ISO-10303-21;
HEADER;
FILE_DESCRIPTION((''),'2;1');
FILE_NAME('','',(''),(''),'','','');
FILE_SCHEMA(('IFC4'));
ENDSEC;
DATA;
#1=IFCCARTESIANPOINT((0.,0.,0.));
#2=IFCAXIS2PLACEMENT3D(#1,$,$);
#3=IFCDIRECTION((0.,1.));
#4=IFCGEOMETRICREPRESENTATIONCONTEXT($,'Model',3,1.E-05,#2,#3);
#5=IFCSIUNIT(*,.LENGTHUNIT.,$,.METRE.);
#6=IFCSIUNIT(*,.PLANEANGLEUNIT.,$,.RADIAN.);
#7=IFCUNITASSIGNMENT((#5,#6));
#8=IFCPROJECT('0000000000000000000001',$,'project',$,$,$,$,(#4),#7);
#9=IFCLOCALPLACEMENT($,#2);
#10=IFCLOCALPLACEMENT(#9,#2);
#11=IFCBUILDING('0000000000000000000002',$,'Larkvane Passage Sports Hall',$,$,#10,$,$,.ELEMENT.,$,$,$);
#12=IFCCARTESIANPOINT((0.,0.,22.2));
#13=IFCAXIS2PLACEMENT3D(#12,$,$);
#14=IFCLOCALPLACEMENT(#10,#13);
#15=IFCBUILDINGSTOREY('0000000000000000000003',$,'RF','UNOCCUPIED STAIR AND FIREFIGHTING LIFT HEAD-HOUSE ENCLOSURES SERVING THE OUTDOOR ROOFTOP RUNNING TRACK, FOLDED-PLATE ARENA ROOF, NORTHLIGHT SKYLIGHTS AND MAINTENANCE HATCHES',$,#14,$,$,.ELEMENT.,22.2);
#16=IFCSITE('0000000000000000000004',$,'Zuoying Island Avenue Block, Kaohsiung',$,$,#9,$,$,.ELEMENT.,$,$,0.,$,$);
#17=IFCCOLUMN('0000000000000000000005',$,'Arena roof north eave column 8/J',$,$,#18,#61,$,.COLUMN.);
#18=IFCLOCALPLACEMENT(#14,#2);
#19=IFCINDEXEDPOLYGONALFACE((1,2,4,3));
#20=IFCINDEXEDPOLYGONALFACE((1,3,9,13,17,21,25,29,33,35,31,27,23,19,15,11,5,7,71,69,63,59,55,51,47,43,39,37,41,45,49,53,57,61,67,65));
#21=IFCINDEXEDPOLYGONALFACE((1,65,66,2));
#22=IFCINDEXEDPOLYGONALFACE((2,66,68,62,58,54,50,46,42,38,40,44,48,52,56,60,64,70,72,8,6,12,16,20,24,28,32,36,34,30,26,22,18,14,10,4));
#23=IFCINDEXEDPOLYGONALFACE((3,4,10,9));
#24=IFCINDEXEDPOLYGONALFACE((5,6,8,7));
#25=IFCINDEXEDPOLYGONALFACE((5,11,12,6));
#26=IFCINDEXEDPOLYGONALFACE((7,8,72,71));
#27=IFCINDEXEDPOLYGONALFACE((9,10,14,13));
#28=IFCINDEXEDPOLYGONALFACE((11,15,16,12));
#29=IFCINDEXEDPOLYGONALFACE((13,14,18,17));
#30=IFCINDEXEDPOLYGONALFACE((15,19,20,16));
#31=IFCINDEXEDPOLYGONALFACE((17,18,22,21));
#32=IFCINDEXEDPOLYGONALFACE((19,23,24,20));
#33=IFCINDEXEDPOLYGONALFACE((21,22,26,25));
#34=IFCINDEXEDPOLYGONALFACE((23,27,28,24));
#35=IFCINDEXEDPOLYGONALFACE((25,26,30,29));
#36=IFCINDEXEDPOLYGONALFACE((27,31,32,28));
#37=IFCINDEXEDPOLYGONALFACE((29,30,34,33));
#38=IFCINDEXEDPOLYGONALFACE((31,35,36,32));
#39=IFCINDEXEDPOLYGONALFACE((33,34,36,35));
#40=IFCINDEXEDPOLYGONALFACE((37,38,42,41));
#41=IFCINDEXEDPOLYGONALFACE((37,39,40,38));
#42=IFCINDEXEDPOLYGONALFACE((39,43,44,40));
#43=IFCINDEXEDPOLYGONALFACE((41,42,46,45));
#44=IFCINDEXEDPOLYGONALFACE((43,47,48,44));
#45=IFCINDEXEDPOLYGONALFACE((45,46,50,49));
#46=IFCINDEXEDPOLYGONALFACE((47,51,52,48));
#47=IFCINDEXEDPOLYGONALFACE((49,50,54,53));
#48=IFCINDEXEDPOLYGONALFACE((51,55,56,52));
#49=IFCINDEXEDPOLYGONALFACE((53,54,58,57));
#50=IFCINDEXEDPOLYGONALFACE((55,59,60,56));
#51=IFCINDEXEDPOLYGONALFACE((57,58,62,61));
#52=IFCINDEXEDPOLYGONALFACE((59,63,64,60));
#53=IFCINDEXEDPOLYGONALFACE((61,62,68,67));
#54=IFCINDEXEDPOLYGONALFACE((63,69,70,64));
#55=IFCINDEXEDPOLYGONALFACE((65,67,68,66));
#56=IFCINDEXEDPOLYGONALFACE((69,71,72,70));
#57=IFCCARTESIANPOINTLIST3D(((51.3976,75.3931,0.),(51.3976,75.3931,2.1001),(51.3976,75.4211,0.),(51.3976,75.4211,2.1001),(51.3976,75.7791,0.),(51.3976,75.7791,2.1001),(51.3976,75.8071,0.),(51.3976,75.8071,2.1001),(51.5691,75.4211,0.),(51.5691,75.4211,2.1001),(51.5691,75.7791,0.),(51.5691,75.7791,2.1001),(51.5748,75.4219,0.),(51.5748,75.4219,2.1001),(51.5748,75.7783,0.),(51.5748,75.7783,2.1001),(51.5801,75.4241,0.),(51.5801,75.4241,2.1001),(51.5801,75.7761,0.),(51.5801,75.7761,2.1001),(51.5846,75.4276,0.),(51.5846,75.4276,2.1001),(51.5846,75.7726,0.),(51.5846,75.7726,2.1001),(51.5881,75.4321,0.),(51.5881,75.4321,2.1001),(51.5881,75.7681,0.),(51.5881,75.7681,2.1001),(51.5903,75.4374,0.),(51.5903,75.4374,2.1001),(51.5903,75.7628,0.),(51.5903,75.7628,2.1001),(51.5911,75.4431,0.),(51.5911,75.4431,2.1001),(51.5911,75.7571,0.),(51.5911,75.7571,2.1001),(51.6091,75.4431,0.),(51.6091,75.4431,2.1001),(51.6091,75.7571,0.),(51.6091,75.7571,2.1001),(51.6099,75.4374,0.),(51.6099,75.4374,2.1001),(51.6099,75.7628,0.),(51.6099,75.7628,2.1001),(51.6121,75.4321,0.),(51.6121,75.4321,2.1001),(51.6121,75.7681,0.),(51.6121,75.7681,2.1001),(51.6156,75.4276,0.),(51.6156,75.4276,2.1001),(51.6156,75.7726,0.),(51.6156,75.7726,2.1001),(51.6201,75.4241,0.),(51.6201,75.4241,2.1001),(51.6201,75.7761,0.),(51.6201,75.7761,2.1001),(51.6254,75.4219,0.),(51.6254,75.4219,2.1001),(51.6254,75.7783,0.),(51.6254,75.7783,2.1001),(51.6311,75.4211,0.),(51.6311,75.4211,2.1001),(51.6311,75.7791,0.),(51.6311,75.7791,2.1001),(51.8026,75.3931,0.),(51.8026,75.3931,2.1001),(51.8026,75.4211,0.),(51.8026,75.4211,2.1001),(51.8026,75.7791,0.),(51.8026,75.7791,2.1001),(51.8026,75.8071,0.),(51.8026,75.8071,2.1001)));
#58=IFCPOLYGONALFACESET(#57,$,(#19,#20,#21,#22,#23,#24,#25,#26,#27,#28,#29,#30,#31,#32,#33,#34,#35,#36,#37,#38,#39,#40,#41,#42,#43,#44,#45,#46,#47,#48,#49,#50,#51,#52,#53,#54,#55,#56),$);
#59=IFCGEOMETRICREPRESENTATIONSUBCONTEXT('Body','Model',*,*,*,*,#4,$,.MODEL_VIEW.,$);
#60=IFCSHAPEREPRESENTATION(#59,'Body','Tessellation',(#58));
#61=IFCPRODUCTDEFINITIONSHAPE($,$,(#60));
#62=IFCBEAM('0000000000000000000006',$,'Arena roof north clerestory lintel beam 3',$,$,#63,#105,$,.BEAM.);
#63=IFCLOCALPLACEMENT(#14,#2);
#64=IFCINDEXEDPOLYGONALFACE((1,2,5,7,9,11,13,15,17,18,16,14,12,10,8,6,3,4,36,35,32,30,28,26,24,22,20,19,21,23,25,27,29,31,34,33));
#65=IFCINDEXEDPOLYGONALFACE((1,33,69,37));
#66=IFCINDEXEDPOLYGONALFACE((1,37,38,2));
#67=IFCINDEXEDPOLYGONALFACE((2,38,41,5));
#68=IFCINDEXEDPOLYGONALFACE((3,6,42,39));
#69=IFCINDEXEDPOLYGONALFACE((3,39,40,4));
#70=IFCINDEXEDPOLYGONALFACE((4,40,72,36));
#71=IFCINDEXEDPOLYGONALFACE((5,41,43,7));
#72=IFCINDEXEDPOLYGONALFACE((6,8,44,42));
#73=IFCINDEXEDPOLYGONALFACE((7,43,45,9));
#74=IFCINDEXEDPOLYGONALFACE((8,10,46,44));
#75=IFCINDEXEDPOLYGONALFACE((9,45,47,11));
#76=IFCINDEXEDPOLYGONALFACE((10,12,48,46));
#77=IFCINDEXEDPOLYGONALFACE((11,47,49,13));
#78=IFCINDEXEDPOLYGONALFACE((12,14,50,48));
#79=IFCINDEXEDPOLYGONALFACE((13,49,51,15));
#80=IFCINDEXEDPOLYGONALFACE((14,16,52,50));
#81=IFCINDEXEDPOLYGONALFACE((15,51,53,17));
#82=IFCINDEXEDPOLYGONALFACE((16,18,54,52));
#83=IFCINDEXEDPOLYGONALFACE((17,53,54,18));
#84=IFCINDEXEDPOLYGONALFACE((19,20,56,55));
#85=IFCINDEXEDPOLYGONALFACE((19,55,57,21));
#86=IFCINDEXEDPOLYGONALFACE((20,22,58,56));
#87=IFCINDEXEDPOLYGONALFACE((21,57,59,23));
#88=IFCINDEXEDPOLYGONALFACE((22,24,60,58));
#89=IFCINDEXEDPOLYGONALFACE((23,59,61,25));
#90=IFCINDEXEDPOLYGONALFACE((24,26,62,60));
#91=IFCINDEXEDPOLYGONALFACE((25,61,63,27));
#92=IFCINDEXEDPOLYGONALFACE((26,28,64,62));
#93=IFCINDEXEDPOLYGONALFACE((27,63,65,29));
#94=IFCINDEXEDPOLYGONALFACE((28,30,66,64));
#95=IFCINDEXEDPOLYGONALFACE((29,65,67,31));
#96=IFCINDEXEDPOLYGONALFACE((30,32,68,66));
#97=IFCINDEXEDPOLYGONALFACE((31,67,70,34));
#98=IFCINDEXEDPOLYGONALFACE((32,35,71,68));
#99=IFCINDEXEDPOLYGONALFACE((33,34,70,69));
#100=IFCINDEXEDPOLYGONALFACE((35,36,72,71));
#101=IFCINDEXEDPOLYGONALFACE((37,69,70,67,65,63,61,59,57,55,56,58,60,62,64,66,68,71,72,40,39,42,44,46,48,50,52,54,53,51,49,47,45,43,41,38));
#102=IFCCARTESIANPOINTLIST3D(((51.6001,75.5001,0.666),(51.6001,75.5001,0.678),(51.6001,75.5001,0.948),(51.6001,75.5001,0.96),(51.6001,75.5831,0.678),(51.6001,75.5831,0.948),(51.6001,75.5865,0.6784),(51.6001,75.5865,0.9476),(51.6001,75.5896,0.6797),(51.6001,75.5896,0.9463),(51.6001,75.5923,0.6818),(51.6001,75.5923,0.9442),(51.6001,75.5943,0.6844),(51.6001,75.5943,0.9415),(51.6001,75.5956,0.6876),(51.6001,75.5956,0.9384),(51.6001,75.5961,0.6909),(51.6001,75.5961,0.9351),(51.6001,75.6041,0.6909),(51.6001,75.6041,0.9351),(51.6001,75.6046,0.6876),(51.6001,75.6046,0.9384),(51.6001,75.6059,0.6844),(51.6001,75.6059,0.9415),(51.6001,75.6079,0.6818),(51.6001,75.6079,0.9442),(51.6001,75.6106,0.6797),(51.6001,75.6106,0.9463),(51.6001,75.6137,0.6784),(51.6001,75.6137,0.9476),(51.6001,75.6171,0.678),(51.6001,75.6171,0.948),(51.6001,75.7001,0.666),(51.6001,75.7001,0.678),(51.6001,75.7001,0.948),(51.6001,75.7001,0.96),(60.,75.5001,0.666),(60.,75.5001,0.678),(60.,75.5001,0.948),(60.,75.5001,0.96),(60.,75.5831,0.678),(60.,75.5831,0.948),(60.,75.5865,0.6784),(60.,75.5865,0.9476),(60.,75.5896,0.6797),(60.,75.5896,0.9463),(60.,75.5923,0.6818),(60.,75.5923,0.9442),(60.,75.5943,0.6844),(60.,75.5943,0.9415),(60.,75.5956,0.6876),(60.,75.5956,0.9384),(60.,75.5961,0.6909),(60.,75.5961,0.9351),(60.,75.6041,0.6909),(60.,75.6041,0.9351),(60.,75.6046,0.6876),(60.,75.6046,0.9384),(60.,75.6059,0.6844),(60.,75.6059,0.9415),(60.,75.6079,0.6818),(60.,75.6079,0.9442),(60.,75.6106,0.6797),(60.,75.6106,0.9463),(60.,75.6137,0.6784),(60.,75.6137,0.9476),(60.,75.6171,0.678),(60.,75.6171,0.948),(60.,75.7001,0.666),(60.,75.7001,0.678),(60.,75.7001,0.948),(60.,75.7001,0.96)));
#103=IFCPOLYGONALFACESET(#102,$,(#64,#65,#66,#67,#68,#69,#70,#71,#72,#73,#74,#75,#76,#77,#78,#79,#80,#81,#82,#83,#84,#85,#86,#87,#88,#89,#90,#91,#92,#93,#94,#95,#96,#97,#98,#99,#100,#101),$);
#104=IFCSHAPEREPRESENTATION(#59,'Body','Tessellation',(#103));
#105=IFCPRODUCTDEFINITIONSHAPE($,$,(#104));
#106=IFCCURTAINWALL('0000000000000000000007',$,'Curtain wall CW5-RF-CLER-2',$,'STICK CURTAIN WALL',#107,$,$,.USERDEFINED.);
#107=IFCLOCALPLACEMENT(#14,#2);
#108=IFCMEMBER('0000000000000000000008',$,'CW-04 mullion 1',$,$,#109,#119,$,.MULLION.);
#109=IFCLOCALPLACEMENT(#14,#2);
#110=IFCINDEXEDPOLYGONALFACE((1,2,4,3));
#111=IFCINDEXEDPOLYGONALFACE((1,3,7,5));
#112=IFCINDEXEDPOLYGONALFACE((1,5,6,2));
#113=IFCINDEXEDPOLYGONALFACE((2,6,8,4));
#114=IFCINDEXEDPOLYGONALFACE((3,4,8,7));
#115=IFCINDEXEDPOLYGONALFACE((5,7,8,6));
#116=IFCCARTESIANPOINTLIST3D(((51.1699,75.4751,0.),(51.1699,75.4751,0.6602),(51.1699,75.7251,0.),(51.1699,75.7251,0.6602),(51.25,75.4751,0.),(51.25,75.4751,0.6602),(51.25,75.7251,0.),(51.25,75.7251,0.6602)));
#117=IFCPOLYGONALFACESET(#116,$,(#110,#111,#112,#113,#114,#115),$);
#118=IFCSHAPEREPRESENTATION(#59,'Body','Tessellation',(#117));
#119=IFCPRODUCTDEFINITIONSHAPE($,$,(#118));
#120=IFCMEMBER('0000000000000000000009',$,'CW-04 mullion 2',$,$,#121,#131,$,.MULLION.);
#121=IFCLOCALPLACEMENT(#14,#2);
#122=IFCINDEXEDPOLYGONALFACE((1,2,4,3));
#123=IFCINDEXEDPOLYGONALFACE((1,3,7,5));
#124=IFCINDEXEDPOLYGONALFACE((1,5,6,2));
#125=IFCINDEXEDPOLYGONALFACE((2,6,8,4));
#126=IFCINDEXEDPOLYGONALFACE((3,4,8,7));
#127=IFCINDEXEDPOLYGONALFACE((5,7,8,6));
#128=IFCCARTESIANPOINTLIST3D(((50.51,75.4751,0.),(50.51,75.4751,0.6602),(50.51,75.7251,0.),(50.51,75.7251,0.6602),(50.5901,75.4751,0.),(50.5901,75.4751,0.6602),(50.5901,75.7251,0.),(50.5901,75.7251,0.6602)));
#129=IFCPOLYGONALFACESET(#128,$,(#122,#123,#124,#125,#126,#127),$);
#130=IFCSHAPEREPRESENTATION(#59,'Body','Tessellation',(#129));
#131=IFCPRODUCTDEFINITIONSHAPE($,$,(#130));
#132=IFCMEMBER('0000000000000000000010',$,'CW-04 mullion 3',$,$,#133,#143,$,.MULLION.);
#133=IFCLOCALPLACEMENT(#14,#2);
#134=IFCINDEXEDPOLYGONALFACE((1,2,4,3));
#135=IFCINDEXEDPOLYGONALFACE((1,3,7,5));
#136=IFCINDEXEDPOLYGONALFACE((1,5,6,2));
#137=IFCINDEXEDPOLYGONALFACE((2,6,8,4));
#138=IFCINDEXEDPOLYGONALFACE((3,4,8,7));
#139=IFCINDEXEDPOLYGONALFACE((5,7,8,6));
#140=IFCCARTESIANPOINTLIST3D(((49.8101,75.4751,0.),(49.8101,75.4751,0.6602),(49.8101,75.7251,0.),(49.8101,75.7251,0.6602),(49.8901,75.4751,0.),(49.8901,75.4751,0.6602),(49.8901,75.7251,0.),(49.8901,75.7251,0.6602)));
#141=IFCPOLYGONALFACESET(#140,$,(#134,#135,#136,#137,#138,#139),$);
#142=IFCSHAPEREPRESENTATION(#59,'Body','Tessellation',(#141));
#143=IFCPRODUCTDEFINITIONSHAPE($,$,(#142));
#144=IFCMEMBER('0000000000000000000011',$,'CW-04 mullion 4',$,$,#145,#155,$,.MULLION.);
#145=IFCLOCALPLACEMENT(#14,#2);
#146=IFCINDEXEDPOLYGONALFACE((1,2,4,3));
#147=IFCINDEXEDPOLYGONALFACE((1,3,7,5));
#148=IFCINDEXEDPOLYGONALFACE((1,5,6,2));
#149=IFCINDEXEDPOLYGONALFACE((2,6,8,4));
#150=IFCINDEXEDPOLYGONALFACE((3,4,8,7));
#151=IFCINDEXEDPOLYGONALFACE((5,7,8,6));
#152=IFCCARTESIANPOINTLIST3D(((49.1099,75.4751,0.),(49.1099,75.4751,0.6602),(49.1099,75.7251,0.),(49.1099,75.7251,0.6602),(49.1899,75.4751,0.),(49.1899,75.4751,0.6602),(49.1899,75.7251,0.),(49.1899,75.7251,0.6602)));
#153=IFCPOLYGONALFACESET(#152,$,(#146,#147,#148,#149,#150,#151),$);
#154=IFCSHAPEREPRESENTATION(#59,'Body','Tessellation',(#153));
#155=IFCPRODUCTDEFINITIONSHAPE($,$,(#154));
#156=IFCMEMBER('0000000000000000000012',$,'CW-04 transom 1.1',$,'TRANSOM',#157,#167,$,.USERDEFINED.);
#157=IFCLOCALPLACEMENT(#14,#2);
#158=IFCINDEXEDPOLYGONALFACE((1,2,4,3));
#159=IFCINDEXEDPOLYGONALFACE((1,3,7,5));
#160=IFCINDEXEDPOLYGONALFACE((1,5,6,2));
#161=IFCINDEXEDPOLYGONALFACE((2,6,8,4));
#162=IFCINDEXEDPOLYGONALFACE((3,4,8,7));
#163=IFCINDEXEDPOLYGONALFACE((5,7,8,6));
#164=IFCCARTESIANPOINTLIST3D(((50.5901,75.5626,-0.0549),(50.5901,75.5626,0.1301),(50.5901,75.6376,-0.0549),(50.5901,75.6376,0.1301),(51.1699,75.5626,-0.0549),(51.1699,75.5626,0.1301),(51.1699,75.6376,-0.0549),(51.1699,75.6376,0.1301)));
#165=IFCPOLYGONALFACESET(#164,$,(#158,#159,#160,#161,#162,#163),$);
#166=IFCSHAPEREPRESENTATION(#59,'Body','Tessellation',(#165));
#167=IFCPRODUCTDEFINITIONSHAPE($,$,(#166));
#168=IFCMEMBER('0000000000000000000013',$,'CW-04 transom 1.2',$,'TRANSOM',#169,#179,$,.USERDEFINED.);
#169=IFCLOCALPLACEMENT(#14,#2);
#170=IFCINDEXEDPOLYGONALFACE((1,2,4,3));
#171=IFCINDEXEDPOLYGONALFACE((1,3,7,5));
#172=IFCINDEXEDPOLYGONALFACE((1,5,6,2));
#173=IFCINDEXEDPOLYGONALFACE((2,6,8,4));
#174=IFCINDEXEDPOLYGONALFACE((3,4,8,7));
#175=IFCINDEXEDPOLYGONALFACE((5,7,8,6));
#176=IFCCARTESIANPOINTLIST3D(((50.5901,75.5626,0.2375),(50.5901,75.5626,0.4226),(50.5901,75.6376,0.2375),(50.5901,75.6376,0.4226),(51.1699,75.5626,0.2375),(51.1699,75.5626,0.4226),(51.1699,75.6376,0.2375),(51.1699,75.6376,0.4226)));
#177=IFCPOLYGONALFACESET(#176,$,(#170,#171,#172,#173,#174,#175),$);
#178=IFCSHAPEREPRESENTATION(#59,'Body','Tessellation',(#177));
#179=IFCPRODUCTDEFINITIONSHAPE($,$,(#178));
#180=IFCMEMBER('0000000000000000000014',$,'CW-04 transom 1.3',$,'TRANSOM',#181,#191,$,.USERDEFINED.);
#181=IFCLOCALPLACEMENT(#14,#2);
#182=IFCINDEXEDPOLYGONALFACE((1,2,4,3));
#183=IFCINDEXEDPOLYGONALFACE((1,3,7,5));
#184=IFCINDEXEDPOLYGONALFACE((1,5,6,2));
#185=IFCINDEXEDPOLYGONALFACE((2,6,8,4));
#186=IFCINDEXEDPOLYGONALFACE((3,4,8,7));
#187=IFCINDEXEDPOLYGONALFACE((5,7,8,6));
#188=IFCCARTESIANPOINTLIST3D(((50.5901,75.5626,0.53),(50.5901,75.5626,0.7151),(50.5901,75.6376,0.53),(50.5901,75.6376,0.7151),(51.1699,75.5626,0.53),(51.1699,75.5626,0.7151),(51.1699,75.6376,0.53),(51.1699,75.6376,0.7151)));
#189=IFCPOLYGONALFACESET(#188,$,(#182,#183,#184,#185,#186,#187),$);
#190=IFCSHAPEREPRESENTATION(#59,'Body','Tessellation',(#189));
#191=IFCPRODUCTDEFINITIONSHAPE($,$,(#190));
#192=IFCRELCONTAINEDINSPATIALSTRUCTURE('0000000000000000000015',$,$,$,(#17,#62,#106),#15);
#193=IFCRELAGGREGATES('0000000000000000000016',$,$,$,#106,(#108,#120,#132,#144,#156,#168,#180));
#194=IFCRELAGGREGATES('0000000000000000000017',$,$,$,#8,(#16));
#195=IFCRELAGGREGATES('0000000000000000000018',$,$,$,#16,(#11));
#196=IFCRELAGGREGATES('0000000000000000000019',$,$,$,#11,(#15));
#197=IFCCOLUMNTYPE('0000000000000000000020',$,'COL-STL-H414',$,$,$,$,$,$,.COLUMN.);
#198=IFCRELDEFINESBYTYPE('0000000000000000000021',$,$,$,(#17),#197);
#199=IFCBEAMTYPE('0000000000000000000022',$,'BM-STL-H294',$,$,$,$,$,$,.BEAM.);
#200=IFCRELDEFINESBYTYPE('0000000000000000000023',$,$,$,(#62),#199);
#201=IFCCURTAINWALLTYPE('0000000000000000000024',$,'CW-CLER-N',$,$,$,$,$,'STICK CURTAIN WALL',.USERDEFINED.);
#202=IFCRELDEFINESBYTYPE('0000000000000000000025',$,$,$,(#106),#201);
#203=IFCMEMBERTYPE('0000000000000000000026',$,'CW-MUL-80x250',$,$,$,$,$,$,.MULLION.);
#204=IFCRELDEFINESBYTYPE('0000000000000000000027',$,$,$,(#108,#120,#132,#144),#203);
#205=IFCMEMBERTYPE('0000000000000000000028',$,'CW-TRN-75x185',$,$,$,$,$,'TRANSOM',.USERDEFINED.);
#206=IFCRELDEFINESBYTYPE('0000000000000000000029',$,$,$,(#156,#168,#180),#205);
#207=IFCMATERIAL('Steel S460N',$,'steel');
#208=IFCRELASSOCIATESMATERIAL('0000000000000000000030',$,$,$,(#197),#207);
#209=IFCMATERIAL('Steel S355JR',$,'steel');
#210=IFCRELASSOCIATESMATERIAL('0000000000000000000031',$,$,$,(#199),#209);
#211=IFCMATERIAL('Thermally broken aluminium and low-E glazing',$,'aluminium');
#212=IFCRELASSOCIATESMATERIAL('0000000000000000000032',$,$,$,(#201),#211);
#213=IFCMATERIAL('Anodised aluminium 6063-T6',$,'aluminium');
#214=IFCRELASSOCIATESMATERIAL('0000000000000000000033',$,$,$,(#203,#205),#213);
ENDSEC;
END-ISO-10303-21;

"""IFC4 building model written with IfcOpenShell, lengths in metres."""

from ifc_helpers import new_model, si_unit, direction, frame, origin, origin_2d, place, context, subcontext, project, spatial, rectangle, i_section, extrude, material, material_profile, profile_set, type_object, element, aggregate, save


model = new_model("IFC4")

# Units and contexts
model_context = context("Model", 3, precision=1e-05, world=origin(), true_north=direction((0.0, 1.0)))
body_context = subcontext(model_context, "Body", "Model", "MODEL_VIEW")
ifc_project = project(units=[si_unit("LENGTHUNIT", "METRE"), si_unit("PLANEANGLEUNIT", "RADIAN")], contexts=[model_context])

# Site, building, storey
site_placement = place(None, origin())
site = spatial("IfcSite", under=ifc_project, at=site_placement, Name="Zuoying Island Avenue Block, Kaohsiung", CompositionType="ELEMENT", RefElevation=0.0)
building_placement = place(site_placement, origin())
building = spatial("IfcBuilding", under=site, at=building_placement, Name="Larkvane Passage Sports Hall", CompositionType="ELEMENT")
storey_placement = place(building_placement, frame((0.0, 0.0, 22.2)))
storey = spatial("IfcBuildingStorey", under=building, at=storey_placement, Name="RF", Description="UNOCCUPIED STAIR AND FIREFIGHTING LIFT HEAD-HOUSE ENCLOSURES SERVING THE OUTDOOR ROOFTOP RUNNING TRACK, FOLDED-PLATE ARENA ROOF, NORTHLIGHT SKYLIGHTS AND MAINTENANCE HATCHES", CompositionType="ELEMENT", Elevation=22.2)

# Column
ifc_material_1 = material(Name="Steel S460N", Category="steel")
ifc_material_profile_1 = material_profile(ifc_material_1, i_section(OverallWidth=0.405, OverallDepth=0.4141, WebThickness=0.0181, FlangeThickness=0.0281, FilletRadius=0.022, at=origin_2d()), Name="H-414x405x18x28")
ifc_profile_set_1 = profile_set([ifc_material_profile_1], Name="Steel S460N")
column_type = type_object("IfcColumnType", Name="COL-STL-H414", PredefinedType="COLUMN", material=ifc_profile_set_1)
column_placement = place(storey_placement, frame((51.6001, 75.6001, 0.0), z_axis=(0.0, 0.0, 1.0), x_axis=(1.0, 0.0, 0.0)))
element("IfcColumn", 1, at=column_placement, inside=storey, type_object=column_type, Name="Arena roof north eave column 8/J", PredefinedType="COLUMN", context=body_context, shape_type="SweptSolid", body=[
    extrude(i_section(OverallWidth=0.405, OverallDepth=0.4141, WebThickness=0.0181, FlangeThickness=0.0281, FilletRadius=0.022, at=origin_2d()), origin(), (0.0, 0.0, 1.0), 2.1001),
])

# Beam
ifc_material_2 = material(Name="Steel S355JR", Category="steel")
ifc_material_profile_2 = material_profile(ifc_material_2, i_section(OverallWidth=0.2, OverallDepth=0.2939, WebThickness=0.0081, FlangeThickness=0.012, FilletRadius=0.0129, at=origin_2d()), Name="H-294x200x8x12")
ifc_profile_set_2 = profile_set([ifc_material_profile_2], Name="Steel S355JR")
beam_type = type_object("IfcBeamType", Name="BM-STL-H294", PredefinedType="BEAM", material=ifc_profile_set_2)
beam_placement = place(storey_placement, frame((51.6001, 75.6001, 0.813), z_axis=(1.0, 0.0, 0.0), x_axis=(0.0, 1.0, 0.0)))
element("IfcBeam", 2, at=beam_placement, inside=storey, type_object=beam_type, Name="Arena roof north clerestory lintel beam 3", PredefinedType="BEAM", context=body_context, shape_type="SweptSolid", body=[
    extrude(i_section(OverallWidth=0.2, OverallDepth=0.2939, WebThickness=0.0081, FlangeThickness=0.012, FilletRadius=0.0129, at=origin_2d()), origin(), (0.0, 0.0, 1.0), 8.3999),
])

# Curtain wall, members
ifc_material_3 = material(Name="Thermally broken aluminium and low-E glazing", Category="aluminium")
curtain_wall_type = type_object("IfcCurtainWallType", Name="CW-CLER-N", ElementType="STICK CURTAIN WALL", PredefinedType="USERDEFINED", material=ifc_material_3)
curtain_wall_placement = place(storey_placement, origin())
curtain_wall = element("IfcCurtainWall", 3, at=curtain_wall_placement, inside=storey, type_object=curtain_wall_type, Name="Curtain wall CW5-RF-CLER-2", ObjectType="STICK CURTAIN WALL", PredefinedType="USERDEFINED")
ifc_material_4 = material(Name="Anodised aluminium 6063-T6", Category="aluminium")
ifc_material_profile_3 = material_profile(ifc_material_4, rectangle(XDim=0.0801, YDim=0.25, at=origin_2d()), Name="ALU-MUL-80x250")
ifc_profile_set_3 = profile_set([ifc_material_profile_3], Name="Anodised aluminium 6063-T6")
member_type_1 = type_object("IfcMemberType", Name="CW-MUL-80x250", PredefinedType="MULLION", material=ifc_profile_set_3)
member_1_placement = place(storey_placement, frame((51.21, 75.6001, 0.0), z_axis=(0.0, 0.0, 1.0), x_axis=(-1.0, 0.0, 0.0)))
member_1 = element("IfcMember", 4, at=member_1_placement, type_object=member_type_1, Name="CW-04 mullion 1", PredefinedType="MULLION", context=body_context, shape_type="SweptSolid", body=[
    extrude(rectangle(XDim=0.0801, YDim=0.25, at=origin_2d()), origin(), (0.0, 0.0, 1.0), 0.6602),
])
member_2_placement = place(storey_placement, frame((50.55, 75.6001, 0.0), z_axis=(0.0, 0.0, 1.0), x_axis=(-1.0, 0.0, 0.0)))
member_2 = element("IfcMember", 5, at=member_2_placement, type_object=member_type_1, Name="CW-04 mullion 2", PredefinedType="MULLION", context=body_context, shape_type="SweptSolid", body=[
    extrude(rectangle(XDim=0.0801, YDim=0.25, at=origin_2d()), origin(), (0.0, 0.0, 1.0), 0.6602),
])
member_3_placement = place(storey_placement, frame((49.8501, 75.6001, 0.0), z_axis=(0.0, 0.0, 1.0), x_axis=(-1.0, 0.0, 0.0)))
member_3 = element("IfcMember", 6, at=member_3_placement, type_object=member_type_1, Name="CW-04 mullion 3", PredefinedType="MULLION", context=body_context, shape_type="SweptSolid", body=[
    extrude(rectangle(XDim=0.0801, YDim=0.25, at=origin_2d()), origin(), (0.0, 0.0, 1.0), 0.6602),
])
member_4_placement = place(storey_placement, frame((49.1499, 75.6001, 0.0), z_axis=(0.0, 0.0, 1.0), x_axis=(-1.0, 0.0, 0.0)))
member_4 = element("IfcMember", 7, at=member_4_placement, type_object=member_type_1, Name="CW-04 mullion 4", PredefinedType="MULLION", context=body_context, shape_type="SweptSolid", body=[
    extrude(rectangle(XDim=0.0801, YDim=0.25, at=origin_2d()), origin(), (0.0, 0.0, 1.0), 0.6602),
])
ifc_material_profile_4 = material_profile(ifc_material_4, rectangle(XDim=0.075, YDim=0.1851, at=origin_2d()), Name="ALU-TRN-75x185")
ifc_profile_set_4 = profile_set([ifc_material_profile_4], Name="Anodised aluminium 6063-T6")
member_type_2 = type_object("IfcMemberType", Name="CW-TRN-75x185", ElementType="TRANSOM", PredefinedType="USERDEFINED", material=ifc_profile_set_4)
member_5_placement = place(storey_placement, frame((51.1699, 75.6001, 0.0376), z_axis=(-1.0, 0.0, 0.0), x_axis=(0.0, -1.0, 0.0)))
member_5 = element("IfcMember", 8, at=member_5_placement, type_object=member_type_2, Name="CW-04 transom 1.1", ObjectType="TRANSOM", PredefinedType="USERDEFINED", context=body_context, shape_type="SweptSolid", body=[
    extrude(rectangle(XDim=0.075, YDim=0.1851, at=origin_2d()), origin(), (0.0, 0.0, 1.0), 0.5798),
])
member_6_placement = place(storey_placement, frame((51.1699, 75.6001, 0.3301), z_axis=(-1.0, 0.0, 0.0), x_axis=(0.0, -1.0, 0.0)))
member_6 = element("IfcMember", 9, at=member_6_placement, type_object=member_type_2, Name="CW-04 transom 1.2", ObjectType="TRANSOM", PredefinedType="USERDEFINED", context=body_context, shape_type="SweptSolid", body=[
    extrude(rectangle(XDim=0.075, YDim=0.1851, at=origin_2d()), origin(), (0.0, 0.0, 1.0), 0.5798),
])
member_7_placement = place(storey_placement, frame((51.1699, 75.6001, 0.6226), z_axis=(-1.0, 0.0, 0.0), x_axis=(0.0, -1.0, 0.0)))
member_7 = element("IfcMember", 10, at=member_7_placement, type_object=member_type_2, Name="CW-04 transom 1.3", ObjectType="TRANSOM", PredefinedType="USERDEFINED", context=body_context, shape_type="SweptSolid", body=[
    extrude(rectangle(XDim=0.075, YDim=0.1851, at=origin_2d()), origin(), (0.0, 0.0, 1.0), 0.5798),
])

aggregate(curtain_wall, [member_1, member_2, member_3, member_4, member_5, member_6, member_7])

save(model, "model.ifc")
